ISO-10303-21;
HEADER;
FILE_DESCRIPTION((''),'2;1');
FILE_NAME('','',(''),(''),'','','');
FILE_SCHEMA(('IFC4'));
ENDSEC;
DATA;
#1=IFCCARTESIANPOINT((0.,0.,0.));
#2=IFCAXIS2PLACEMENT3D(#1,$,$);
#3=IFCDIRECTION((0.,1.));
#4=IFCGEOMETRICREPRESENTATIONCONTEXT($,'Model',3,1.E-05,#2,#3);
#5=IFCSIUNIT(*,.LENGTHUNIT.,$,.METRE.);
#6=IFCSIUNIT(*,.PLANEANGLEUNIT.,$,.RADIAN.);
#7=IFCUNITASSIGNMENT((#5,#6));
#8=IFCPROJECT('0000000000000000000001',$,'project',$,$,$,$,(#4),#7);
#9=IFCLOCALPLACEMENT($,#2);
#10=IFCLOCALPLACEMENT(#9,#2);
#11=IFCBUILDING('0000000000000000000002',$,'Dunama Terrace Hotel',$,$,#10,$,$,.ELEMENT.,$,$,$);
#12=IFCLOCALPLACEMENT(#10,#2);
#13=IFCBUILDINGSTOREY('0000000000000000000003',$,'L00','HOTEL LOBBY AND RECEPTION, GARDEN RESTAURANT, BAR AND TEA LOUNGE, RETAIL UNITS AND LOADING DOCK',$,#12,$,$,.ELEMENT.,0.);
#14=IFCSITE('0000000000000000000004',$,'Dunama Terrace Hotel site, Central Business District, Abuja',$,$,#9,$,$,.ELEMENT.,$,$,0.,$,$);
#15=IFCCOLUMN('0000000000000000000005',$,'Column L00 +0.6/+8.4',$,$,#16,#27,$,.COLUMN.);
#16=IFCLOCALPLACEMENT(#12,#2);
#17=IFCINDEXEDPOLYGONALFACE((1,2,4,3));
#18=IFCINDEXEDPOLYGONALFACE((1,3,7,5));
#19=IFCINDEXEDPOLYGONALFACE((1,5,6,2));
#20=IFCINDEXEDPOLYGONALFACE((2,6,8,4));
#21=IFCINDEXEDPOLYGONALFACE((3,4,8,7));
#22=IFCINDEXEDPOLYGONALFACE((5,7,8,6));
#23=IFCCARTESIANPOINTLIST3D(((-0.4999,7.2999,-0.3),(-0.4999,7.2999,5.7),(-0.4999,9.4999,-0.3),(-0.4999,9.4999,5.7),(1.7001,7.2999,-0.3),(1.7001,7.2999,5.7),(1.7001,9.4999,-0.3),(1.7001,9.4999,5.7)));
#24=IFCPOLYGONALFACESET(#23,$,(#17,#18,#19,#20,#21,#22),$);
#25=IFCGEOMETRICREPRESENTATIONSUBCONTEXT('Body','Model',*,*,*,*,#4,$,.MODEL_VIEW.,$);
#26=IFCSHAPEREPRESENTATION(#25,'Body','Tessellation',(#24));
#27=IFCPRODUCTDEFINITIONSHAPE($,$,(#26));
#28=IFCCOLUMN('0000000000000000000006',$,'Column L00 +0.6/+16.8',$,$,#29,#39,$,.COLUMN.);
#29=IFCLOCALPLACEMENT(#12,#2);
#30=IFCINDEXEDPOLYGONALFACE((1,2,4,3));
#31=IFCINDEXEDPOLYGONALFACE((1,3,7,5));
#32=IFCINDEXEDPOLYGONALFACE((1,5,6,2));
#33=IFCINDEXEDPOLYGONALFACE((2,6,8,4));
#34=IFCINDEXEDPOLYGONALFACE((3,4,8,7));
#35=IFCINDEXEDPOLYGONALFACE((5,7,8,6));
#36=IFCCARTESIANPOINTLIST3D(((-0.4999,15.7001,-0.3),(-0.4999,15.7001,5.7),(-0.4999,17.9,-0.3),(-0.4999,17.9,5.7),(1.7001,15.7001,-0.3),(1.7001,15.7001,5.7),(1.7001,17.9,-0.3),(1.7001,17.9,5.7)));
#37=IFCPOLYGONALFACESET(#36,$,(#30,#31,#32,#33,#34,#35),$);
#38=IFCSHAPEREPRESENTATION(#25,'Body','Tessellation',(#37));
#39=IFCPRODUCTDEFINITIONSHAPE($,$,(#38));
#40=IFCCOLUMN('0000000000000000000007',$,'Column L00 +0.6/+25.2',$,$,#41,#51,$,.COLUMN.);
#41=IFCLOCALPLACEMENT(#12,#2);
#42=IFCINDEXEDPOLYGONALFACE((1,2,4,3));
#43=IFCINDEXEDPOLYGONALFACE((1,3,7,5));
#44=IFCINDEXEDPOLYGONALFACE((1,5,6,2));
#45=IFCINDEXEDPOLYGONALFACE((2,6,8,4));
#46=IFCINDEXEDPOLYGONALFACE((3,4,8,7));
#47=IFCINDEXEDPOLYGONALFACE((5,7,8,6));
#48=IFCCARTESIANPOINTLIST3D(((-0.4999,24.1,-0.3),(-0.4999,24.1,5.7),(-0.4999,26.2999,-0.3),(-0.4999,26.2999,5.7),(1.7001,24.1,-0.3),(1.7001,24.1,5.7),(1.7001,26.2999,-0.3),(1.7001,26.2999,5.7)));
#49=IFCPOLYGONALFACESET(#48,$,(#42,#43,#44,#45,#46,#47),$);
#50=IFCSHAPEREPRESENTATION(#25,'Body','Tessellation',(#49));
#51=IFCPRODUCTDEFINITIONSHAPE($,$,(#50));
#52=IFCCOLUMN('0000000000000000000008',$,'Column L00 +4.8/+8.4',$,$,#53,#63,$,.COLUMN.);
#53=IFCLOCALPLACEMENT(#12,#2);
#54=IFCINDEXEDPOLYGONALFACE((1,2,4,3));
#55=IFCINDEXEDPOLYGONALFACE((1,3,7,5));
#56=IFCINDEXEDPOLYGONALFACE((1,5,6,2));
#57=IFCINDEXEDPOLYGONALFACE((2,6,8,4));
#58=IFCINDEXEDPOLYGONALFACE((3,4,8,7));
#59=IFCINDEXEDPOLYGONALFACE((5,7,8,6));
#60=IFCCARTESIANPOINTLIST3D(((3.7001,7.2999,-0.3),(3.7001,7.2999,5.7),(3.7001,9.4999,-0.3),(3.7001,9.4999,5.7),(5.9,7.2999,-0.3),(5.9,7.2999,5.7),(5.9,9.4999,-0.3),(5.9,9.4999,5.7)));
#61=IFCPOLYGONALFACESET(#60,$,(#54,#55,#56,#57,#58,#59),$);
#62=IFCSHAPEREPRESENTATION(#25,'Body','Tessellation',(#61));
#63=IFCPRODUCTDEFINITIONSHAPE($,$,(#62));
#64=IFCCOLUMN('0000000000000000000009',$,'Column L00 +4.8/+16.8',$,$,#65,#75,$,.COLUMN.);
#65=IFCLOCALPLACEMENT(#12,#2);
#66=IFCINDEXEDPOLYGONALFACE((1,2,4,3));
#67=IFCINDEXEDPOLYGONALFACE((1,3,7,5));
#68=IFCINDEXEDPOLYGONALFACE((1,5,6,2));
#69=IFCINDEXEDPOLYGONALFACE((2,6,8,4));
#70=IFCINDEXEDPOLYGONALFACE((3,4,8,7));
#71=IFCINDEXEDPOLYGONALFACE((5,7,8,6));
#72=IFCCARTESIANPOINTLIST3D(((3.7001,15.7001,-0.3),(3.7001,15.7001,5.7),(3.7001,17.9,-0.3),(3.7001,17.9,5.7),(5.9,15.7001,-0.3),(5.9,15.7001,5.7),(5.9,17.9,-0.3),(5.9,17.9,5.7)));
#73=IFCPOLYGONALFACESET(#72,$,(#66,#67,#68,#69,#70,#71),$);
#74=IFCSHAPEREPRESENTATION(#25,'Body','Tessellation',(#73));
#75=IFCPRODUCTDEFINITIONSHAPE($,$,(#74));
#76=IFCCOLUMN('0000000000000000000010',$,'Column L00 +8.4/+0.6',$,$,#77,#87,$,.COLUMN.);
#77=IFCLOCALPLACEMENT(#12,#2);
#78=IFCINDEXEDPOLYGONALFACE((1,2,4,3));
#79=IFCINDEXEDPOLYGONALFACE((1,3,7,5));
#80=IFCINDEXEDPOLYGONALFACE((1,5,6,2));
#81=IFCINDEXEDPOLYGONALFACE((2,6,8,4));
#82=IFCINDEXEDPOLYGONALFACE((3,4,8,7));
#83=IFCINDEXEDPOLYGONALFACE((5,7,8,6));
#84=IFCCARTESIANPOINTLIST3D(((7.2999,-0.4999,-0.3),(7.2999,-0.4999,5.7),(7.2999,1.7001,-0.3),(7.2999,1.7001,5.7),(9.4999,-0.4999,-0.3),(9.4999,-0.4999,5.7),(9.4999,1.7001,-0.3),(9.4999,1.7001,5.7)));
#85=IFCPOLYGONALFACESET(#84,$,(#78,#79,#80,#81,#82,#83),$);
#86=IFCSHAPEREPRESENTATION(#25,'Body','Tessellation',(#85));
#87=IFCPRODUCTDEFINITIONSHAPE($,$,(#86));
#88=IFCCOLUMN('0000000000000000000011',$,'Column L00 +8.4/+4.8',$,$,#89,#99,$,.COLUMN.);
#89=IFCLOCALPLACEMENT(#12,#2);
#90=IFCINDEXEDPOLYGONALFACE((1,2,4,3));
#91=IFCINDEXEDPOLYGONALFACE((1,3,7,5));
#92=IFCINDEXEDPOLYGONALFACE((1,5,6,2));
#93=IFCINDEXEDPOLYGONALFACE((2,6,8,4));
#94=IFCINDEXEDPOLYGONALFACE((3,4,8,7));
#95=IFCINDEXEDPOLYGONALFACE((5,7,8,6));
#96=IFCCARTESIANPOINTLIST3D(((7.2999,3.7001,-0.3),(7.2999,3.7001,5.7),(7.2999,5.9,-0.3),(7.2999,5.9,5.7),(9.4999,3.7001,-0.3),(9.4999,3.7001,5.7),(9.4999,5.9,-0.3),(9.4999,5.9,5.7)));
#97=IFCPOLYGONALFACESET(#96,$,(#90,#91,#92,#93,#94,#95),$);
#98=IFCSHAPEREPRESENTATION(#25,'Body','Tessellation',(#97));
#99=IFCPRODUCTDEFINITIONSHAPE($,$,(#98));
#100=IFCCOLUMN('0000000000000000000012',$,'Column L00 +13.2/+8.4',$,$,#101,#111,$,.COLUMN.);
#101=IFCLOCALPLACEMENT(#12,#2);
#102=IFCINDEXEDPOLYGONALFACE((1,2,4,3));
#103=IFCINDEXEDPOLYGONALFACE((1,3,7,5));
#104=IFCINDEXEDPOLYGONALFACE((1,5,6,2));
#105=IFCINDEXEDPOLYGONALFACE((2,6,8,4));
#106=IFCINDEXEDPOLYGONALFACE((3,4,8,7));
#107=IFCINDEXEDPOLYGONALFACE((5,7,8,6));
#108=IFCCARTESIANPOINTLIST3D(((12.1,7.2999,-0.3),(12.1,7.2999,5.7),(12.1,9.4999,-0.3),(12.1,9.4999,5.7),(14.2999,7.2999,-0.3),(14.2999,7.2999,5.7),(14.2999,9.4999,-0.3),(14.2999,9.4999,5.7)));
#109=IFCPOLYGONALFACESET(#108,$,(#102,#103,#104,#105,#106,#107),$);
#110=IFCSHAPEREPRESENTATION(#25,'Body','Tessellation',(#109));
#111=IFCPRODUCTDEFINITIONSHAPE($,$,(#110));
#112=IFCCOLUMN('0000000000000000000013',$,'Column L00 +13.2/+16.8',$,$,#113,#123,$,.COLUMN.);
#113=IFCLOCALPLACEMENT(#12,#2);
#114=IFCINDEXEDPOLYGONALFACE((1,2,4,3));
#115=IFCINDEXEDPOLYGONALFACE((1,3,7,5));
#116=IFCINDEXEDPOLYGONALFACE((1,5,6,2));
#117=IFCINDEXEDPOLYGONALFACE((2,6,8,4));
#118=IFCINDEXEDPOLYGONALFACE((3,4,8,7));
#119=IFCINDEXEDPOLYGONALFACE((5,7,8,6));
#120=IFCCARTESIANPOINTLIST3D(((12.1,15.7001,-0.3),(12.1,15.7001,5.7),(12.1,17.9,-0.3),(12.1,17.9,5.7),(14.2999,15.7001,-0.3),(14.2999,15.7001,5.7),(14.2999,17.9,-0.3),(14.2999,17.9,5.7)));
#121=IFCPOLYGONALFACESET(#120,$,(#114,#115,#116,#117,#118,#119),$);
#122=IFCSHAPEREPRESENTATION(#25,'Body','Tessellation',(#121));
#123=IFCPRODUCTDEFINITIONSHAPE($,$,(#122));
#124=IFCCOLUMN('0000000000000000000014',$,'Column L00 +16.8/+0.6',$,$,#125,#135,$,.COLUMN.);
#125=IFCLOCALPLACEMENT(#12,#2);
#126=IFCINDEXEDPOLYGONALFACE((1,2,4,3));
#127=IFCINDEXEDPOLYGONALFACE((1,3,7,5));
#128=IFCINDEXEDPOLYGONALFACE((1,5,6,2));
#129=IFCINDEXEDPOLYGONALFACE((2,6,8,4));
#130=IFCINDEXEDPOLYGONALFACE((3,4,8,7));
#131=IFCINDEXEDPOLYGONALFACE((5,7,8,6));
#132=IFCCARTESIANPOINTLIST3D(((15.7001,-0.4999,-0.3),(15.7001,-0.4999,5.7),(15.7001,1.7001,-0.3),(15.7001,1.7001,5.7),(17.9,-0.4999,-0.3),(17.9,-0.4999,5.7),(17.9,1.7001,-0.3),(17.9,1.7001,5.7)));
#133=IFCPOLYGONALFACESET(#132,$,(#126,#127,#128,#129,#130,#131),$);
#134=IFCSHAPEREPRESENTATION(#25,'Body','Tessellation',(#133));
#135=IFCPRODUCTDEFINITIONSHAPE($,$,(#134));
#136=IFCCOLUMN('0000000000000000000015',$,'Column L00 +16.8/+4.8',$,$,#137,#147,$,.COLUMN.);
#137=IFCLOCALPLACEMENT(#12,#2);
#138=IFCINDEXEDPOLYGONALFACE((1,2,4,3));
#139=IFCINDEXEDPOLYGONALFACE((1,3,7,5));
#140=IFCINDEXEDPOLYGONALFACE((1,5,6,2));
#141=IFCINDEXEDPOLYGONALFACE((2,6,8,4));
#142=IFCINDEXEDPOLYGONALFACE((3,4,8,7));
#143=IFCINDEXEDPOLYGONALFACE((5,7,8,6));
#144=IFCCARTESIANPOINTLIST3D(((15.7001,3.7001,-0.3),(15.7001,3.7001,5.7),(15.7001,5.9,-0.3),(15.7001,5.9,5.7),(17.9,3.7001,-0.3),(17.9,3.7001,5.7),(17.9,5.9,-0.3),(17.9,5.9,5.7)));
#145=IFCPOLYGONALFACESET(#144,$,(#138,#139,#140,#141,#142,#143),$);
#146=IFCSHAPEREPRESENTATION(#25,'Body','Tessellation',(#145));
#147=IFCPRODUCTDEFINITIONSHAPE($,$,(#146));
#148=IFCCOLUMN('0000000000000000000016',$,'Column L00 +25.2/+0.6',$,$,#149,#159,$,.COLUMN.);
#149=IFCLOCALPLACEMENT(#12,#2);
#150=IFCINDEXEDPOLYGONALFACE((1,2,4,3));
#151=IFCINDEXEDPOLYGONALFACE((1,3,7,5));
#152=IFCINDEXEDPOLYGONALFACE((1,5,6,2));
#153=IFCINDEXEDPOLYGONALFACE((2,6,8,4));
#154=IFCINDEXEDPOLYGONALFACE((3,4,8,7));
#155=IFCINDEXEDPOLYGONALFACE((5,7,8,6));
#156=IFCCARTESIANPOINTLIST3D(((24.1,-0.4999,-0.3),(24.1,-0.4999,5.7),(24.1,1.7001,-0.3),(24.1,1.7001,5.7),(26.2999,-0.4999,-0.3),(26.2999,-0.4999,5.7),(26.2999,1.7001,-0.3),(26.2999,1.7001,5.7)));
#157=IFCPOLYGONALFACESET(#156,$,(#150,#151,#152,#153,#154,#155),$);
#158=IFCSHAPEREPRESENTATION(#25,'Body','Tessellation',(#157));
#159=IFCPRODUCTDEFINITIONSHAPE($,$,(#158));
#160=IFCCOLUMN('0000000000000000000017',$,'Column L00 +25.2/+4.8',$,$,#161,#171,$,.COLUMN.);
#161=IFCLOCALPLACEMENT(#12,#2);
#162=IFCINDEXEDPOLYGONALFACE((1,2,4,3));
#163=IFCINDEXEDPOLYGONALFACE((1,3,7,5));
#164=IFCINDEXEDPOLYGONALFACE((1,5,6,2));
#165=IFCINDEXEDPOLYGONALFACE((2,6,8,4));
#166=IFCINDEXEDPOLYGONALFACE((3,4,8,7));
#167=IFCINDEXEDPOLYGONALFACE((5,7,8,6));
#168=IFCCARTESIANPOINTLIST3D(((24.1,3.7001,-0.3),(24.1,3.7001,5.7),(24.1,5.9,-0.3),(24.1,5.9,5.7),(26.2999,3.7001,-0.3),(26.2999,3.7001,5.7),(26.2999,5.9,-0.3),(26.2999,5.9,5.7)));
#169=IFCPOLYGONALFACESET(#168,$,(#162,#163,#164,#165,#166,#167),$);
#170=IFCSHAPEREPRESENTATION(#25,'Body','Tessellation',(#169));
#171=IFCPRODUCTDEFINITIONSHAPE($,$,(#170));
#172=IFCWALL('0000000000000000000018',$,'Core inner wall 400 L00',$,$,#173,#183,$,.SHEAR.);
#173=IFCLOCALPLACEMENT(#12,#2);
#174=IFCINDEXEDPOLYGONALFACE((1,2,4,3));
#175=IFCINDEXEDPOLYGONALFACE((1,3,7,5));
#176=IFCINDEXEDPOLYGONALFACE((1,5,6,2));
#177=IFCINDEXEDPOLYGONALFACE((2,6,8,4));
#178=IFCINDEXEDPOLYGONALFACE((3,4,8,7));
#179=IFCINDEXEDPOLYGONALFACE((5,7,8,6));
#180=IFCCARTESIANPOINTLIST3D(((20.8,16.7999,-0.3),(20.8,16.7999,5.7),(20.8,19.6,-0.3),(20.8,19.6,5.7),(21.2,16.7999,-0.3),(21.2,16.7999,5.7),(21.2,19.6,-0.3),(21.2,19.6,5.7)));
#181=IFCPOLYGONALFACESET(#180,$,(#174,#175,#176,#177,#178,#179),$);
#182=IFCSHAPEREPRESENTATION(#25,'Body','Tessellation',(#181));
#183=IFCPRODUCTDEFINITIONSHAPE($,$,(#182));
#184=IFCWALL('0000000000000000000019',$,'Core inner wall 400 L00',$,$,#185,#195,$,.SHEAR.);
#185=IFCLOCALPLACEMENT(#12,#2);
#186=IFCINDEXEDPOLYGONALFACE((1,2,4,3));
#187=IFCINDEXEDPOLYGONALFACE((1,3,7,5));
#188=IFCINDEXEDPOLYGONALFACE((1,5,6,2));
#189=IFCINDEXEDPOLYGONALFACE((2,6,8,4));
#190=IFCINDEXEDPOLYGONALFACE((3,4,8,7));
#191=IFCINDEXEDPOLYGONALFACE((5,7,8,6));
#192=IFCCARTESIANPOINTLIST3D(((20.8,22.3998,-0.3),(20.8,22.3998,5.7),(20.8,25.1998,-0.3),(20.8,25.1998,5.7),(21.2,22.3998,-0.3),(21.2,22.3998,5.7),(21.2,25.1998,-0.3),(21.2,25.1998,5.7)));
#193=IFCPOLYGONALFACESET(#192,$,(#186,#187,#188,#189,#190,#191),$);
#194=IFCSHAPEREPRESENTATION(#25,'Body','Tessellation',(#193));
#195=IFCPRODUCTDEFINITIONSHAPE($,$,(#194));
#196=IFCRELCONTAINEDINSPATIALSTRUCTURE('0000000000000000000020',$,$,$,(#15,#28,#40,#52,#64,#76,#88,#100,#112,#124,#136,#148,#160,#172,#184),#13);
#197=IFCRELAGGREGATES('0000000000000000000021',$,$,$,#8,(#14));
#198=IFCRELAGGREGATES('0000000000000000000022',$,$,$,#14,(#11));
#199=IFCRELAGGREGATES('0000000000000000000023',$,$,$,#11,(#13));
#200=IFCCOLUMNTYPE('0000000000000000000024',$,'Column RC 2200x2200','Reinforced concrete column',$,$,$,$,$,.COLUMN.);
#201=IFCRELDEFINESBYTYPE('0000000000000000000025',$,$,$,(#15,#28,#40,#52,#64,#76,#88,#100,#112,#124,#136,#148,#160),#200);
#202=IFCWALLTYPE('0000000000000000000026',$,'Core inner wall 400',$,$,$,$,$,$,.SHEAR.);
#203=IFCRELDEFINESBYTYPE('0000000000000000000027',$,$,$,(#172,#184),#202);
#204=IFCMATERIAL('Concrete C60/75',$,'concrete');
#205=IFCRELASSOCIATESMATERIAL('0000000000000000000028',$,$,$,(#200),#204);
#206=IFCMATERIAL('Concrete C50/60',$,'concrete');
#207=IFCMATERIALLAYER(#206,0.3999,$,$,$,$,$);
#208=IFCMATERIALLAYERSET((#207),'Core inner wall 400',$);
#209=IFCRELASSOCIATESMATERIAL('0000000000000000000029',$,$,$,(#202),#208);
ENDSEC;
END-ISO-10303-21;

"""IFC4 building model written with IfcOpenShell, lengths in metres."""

from ifc_helpers import new_model, si_unit, direction, frame, frame_2d, origin, origin_2d, place, context, subcontext, project, spatial, rectangle, extrude, material, layer, layer_set, material_profile, profile_set, type_object, element, save


model = new_model("IFC4")

# Units and contexts
model_context = context("Model", 3, precision=1e-05, world=origin(), true_north=direction((0.0, 1.0)))
body_context = subcontext(model_context, "Body", "Model", "MODEL_VIEW")
ifc_project = project(units=[si_unit("LENGTHUNIT", "METRE"), si_unit("PLANEANGLEUNIT", "RADIAN")], contexts=[model_context])

# Site, building, storey
site_placement = place(None, origin())
site = spatial("IfcSite", under=ifc_project, at=site_placement, Name="Dunama Terrace Hotel site, Central Business District, Abuja", CompositionType="ELEMENT", RefElevation=0.0)
building_placement = place(site_placement, origin())
building = spatial("IfcBuilding", under=site, at=building_placement, Name="Dunama Terrace Hotel", CompositionType="ELEMENT")
storey_placement = place(building_placement, origin())
storey = spatial("IfcBuildingStorey", under=building, at=storey_placement, Name="L00", Description="HOTEL LOBBY AND RECEPTION, GARDEN RESTAURANT, BAR AND TEA LOUNGE, RETAIL UNITS AND LOADING DOCK", CompositionType="ELEMENT", Elevation=0.0)

# Columns
ifc_material_1 = material(Name="Concrete C60/75", Category="concrete")
ifc_material_profile = material_profile(ifc_material_1, rectangle(XDim=2.2, YDim=2.2, at=origin_2d()), Name="RC 2200x2200")
ifc_profile_set = profile_set([ifc_material_profile], Name="Concrete C60/75")
column_type = type_object("IfcColumnType", Name="Column RC 2200x2200", Description="Reinforced concrete column", PredefinedType="COLUMN", material=ifc_profile_set)
for number, where, z_axis, x_axis, name in (
    (1, (0.6001, 8.3999, -0.3), (0.0, 0.0, 1.0), (1.0, 0.0, 0.0), "Column L00 +0.6/+8.4"),
    (2, (0.6001, 16.8, -0.3), (0.0, 0.0, 1.0), (1.0, 0.0, 0.0), "Column L00 +0.6/+16.8"),
    (3, (0.6001, 25.2, -0.3), (0.0, 0.0, 1.0), (1.0, 0.0, 0.0), "Column L00 +0.6/+25.2"),
    (4, (4.8, 8.3999, -0.3), (0.0, 0.0, 1.0), (1.0, 0.0, 0.0), "Column L00 +4.8/+8.4"),
    (5, (4.8, 16.8, -0.3), (0.0, 0.0, 1.0), (1.0, 0.0, 0.0), "Column L00 +4.8/+16.8"),
    (6, (8.3999, 0.6001, -0.3), (0.0, 0.0, 1.0), (1.0, 0.0, 0.0), "Column L00 +8.4/+0.6"),
    (7, (8.3999, 4.8, -0.3), (0.0, 0.0, 1.0), (1.0, 0.0, 0.0), "Column L00 +8.4/+4.8"),
    (8, (13.2, 8.3999, -0.3), (0.0, 0.0, 1.0), (1.0, 0.0, 0.0), "Column L00 +13.2/+8.4"),
    (9, (13.2, 16.8, -0.3), (0.0, 0.0, 1.0), (1.0, 0.0, 0.0), "Column L00 +13.2/+16.8"),
    (10, (16.8, 0.6001, -0.3), (0.0, 0.0, 1.0), (1.0, 0.0, 0.0), "Column L00 +16.8/+0.6"),
    (11, (16.8, 4.8, -0.3), (0.0, 0.0, 1.0), (1.0, 0.0, 0.0), "Column L00 +16.8/+4.8"),
    (12, (25.2, 0.6001, -0.3), (0.0, 0.0, 1.0), (1.0, 0.0, 0.0), "Column L00 +25.2/+0.6"),
    (13, (25.2, 4.8, -0.3), (0.0, 0.0, 1.0), (1.0, 0.0, 0.0), "Column L00 +25.2/+4.8"),
):
    element("IfcColumn", number, at=place(storey_placement, frame(where, z_axis=z_axis, x_axis=x_axis)), inside=storey, type_object=column_type, Name=name, PredefinedType="COLUMN", context=body_context, shape_type="SweptSolid", body=[
        extrude(rectangle(XDim=2.2, YDim=2.2, at=origin_2d()), origin(), (0.0, 0.0, 1.0), 6.0),
    ])

# Walls
ifc_material_2 = material(Name="Concrete C50/60", Category="concrete")
ifc_layer_1 = layer(ifc_material_2, 0.3999)
ifc_layer_set_1 = layer_set([ifc_layer_1], Name="Core inner wall 400")
wall_type_1 = type_object("IfcWallType", Name="Core inner wall 400", PredefinedType="SHEAR", material=ifc_layer_set_1)
for number, where, z_axis, x_axis, name in (
    (14, (21.0, 16.8, -0.3), (0.0, 0.0, 1.0), (0.0, 1.0, 0.0), "Core inner wall 400 L00"),
    (15, (21.0, 22.3999, -0.3), (0.0, 0.0, 1.0), (0.0, 1.0, 0.0), "Core inner wall 400 L00"),
):
    element("IfcWall", number, at=place(storey_placement, frame(where, z_axis=z_axis, x_axis=x_axis)), inside=storey, type_object=wall_type_1, Name=name, PredefinedType="SHEAR", context=body_context, shape_type="SweptSolid", body=[
        extrude(rectangle(XDim=2.8, YDim=0.3999, at=frame_2d((1.3999, 0.0))), origin(), (0.0, 0.0, 1.0), 6.0),
    ])

save(model, "model.ifc")
